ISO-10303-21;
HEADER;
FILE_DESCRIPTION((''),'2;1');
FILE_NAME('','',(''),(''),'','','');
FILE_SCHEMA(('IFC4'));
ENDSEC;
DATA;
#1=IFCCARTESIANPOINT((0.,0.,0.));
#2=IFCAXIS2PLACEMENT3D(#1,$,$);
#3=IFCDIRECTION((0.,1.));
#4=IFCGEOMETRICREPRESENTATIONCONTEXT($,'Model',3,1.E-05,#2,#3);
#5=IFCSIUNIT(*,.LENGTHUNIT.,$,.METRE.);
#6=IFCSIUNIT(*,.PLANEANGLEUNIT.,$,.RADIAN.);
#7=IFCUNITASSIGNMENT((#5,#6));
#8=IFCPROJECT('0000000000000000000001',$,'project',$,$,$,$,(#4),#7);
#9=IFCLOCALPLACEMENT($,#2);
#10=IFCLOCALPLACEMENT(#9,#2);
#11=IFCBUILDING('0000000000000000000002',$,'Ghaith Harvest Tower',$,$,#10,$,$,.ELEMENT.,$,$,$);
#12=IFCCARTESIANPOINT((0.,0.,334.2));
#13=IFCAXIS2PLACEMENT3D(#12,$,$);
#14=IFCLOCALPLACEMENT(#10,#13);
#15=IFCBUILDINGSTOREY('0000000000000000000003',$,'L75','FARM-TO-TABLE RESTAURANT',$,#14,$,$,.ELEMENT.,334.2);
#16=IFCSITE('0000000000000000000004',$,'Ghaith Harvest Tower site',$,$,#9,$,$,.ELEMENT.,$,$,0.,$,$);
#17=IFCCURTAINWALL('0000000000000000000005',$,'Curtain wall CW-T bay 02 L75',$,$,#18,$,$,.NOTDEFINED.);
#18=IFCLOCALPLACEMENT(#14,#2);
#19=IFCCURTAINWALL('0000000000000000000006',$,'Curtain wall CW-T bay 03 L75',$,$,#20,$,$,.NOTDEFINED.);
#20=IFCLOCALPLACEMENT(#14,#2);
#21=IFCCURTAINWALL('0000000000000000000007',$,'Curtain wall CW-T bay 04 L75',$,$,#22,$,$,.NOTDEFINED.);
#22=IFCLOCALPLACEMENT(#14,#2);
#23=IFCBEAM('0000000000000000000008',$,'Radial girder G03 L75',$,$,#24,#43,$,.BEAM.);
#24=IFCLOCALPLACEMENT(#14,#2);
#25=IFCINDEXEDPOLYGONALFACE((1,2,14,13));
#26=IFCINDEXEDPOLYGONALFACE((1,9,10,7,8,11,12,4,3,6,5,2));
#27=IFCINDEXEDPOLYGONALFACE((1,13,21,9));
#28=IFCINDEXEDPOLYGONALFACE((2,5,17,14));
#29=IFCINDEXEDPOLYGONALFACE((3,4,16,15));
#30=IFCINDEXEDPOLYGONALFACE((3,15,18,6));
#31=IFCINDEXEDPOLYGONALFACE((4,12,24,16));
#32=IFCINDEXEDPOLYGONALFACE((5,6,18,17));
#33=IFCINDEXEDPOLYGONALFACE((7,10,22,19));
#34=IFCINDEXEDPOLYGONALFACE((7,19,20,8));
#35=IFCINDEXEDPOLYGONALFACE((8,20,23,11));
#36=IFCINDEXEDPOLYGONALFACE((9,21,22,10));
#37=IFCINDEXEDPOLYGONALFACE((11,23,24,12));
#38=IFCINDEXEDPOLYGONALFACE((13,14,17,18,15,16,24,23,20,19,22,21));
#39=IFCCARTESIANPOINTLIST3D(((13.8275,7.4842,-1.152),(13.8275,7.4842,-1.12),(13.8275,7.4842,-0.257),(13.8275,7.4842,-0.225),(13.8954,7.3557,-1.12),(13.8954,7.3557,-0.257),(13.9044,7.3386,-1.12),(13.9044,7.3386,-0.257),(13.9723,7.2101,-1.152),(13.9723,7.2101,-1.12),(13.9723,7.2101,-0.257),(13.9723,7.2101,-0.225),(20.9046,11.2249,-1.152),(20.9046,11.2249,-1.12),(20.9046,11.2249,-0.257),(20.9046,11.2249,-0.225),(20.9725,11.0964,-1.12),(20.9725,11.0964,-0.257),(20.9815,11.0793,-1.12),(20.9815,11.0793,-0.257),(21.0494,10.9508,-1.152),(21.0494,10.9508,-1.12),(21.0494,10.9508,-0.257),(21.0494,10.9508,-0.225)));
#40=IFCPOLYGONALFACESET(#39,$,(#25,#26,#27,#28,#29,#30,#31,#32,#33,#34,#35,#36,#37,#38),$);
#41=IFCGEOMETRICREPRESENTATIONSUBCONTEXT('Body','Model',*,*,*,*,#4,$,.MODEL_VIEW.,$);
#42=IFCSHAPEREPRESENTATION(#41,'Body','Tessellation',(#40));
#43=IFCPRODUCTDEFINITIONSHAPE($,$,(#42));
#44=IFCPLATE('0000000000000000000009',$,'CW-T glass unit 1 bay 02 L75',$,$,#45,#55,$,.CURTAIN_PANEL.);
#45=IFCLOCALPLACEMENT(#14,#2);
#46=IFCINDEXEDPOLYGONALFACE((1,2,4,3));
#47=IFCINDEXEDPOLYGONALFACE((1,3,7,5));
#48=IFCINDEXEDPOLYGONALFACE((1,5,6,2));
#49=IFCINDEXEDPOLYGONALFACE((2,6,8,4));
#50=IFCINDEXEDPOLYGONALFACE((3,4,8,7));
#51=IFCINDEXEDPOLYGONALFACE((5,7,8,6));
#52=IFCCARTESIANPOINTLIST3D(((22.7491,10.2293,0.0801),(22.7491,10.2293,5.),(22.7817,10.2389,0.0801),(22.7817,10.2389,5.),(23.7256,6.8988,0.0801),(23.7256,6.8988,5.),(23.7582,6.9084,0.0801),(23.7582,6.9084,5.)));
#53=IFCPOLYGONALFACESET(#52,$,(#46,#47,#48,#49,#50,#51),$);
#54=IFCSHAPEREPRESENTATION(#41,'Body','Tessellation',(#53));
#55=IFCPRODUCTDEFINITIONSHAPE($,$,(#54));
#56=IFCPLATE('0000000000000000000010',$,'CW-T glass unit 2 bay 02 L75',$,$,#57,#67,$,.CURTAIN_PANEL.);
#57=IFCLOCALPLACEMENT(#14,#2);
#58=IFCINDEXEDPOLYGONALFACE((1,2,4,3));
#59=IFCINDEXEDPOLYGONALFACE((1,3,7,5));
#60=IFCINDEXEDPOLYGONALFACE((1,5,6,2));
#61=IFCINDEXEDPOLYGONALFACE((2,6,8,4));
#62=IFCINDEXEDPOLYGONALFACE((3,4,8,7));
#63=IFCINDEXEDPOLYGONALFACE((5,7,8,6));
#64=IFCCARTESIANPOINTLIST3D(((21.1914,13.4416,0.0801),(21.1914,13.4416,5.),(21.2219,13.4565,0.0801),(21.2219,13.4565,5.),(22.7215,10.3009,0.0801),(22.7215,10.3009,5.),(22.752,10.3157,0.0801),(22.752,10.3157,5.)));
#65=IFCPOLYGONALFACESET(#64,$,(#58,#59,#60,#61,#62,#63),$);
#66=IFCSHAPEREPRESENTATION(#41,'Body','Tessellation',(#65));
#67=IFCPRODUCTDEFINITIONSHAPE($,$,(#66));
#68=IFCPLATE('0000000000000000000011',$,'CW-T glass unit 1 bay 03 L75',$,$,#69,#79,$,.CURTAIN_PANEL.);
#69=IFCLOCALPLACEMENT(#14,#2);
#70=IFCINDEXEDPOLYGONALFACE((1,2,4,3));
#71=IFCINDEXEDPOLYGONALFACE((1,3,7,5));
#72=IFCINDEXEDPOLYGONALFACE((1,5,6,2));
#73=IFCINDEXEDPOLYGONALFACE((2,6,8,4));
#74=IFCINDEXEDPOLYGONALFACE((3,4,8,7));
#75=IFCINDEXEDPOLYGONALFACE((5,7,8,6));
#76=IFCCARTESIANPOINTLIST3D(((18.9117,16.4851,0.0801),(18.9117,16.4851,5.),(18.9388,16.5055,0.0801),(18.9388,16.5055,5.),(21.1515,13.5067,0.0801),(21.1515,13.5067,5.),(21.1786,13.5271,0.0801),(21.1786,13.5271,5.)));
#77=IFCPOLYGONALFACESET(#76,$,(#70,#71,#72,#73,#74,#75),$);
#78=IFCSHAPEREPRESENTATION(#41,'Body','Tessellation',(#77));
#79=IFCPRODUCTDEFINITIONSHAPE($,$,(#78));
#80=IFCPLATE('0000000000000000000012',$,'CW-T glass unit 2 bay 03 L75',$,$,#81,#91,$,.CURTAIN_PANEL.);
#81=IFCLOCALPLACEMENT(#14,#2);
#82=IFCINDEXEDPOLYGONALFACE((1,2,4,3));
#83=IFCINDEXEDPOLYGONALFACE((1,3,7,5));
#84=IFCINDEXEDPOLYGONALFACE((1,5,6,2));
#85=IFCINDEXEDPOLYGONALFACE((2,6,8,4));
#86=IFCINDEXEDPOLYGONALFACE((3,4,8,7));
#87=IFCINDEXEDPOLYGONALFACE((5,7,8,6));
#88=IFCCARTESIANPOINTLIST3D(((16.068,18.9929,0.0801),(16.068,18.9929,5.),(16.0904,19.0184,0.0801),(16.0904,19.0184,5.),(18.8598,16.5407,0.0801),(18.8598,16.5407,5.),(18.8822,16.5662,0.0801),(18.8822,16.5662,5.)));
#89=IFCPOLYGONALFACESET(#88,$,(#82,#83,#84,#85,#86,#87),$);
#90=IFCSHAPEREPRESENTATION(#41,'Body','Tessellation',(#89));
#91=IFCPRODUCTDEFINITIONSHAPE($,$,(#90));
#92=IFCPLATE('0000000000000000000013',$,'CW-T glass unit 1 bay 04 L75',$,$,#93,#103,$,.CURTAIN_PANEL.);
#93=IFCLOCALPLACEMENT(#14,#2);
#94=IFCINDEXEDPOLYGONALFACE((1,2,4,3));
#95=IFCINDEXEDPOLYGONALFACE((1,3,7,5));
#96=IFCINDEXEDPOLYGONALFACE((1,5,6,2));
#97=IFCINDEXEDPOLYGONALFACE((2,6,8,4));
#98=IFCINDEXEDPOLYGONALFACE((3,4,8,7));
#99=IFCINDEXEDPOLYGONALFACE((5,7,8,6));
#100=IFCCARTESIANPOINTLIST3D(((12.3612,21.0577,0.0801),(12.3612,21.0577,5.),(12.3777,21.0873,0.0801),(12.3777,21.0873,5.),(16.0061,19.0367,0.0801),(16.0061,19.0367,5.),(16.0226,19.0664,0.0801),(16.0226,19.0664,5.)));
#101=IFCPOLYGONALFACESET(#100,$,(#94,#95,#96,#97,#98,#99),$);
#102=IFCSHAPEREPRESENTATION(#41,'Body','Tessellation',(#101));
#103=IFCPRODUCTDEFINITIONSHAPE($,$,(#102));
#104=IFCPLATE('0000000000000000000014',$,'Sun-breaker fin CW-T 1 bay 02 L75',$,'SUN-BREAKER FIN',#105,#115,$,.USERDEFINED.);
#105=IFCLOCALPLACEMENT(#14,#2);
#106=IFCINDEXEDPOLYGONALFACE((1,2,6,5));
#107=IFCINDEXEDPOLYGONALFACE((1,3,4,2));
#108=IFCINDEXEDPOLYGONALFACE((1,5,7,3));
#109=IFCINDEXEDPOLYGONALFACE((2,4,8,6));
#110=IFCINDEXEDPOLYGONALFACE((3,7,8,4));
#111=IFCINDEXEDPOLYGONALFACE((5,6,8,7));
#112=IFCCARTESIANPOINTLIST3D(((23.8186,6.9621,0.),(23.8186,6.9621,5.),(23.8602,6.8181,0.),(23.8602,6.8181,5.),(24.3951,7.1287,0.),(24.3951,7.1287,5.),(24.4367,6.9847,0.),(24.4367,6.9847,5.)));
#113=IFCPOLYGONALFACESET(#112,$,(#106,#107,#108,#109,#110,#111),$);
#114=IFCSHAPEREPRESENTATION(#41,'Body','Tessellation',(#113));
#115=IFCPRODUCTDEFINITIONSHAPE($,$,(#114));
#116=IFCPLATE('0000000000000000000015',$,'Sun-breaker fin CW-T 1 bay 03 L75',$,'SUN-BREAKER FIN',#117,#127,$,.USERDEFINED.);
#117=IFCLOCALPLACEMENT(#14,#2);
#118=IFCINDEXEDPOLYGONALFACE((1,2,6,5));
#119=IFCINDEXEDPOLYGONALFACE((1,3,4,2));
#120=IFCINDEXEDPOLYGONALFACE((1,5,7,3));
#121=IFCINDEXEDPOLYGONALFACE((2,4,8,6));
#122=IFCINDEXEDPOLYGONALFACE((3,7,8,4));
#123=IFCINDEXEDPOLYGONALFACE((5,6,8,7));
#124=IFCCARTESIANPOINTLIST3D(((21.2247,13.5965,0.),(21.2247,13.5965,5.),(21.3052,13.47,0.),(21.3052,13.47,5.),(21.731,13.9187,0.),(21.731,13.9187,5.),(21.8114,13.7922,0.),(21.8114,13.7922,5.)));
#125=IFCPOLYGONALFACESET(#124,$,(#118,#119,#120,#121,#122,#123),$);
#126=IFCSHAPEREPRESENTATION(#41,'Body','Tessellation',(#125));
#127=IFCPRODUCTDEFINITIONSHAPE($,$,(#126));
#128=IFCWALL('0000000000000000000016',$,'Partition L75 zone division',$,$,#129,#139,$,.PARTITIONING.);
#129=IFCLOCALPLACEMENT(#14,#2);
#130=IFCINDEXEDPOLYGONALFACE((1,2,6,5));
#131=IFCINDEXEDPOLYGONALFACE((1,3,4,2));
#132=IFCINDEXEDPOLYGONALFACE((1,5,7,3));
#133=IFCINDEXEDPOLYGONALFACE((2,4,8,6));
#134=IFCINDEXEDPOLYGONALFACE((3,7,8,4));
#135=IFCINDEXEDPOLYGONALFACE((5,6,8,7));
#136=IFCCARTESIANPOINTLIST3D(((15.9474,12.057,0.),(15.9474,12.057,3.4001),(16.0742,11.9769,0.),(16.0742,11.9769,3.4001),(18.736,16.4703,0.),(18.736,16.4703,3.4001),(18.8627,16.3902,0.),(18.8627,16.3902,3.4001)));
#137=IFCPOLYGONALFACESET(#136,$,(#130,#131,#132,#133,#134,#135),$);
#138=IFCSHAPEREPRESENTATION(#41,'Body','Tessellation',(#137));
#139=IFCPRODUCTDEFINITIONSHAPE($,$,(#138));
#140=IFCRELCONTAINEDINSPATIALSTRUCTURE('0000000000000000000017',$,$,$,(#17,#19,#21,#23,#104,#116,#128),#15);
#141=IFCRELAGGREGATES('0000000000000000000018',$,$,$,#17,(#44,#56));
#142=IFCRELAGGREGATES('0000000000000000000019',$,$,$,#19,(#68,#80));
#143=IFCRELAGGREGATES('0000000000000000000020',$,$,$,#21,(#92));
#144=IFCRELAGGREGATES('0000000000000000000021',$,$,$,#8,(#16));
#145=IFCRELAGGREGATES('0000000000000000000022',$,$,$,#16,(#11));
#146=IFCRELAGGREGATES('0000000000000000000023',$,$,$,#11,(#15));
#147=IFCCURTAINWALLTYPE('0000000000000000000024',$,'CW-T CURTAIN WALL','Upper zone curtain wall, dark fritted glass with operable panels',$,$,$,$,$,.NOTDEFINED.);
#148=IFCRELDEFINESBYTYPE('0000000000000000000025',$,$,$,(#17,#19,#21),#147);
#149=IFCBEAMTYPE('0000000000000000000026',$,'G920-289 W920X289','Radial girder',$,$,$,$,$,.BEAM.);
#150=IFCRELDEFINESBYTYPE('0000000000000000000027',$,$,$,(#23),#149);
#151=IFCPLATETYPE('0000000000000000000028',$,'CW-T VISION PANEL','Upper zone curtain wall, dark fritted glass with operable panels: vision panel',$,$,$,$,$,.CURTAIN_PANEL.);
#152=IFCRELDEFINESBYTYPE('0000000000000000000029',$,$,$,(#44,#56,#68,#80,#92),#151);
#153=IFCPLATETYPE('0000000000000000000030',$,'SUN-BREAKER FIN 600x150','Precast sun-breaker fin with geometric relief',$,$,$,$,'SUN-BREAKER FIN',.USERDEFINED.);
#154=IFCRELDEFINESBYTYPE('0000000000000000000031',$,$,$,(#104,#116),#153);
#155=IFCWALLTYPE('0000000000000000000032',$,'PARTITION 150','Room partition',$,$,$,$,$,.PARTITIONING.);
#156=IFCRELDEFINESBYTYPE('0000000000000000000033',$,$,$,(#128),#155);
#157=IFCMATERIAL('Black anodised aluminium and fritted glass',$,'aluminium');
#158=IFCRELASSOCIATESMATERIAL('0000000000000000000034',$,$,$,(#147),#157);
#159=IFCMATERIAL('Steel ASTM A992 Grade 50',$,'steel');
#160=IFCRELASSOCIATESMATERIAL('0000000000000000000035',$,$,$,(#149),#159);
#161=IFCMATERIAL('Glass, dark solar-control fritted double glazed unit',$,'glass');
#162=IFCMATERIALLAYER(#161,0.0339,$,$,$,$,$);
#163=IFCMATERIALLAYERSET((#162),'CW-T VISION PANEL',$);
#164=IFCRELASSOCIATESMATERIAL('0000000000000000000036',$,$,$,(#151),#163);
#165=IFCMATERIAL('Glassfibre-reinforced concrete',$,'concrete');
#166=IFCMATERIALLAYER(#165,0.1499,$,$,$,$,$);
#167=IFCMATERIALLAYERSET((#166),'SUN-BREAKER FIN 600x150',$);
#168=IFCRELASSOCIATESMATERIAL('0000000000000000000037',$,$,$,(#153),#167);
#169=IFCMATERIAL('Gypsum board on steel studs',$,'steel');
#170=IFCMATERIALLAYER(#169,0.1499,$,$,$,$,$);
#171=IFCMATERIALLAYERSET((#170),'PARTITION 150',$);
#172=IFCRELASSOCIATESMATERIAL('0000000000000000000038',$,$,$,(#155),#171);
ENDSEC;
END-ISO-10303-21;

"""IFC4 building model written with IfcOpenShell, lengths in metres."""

from ifc_helpers import new_model, si_unit, direction, frame, frame_2d, origin, origin_2d, place, context, subcontext, project, spatial, rectangle, i_section, extrude, material, layer, layer_set, material_profile, profile_set, type_object, element, aggregate, save


model = new_model("IFC4")

# Units and contexts
model_context = context("Model", 3, precision=1e-05, world=origin(), true_north=direction((0.0, 1.0)))
body_context = subcontext(model_context, "Body", "Model", "MODEL_VIEW")
ifc_project = project(units=[si_unit("LENGTHUNIT", "METRE"), si_unit("PLANEANGLEUNIT", "RADIAN")], contexts=[model_context])

# Site, building, storey
site_placement = place(None, origin())
site = spatial("IfcSite", under=ifc_project, at=site_placement, Name="Ghaith Harvest Tower site", CompositionType="ELEMENT", RefElevation=0.0)
building_placement = place(site_placement, origin())
building = spatial("IfcBuilding", under=site, at=building_placement, Name="Ghaith Harvest Tower", CompositionType="ELEMENT")
storey_placement = place(building_placement, frame((0.0, 0.0, 334.2)))
storey = spatial("IfcBuildingStorey", under=building, at=storey_placement, Name="L75", Description="FARM-TO-TABLE RESTAURANT", CompositionType="ELEMENT", Elevation=334.2)

# Curtain wall
ifc_material_1 = material(Name="Black anodised aluminium and fritted glass", Category="aluminium")
curtain_wall_type = type_object("IfcCurtainWallType", Name="CW-T CURTAIN WALL", Description="Upper zone curtain wall, dark fritted glass with operable panels", PredefinedType="NOTDEFINED", material=ifc_material_1)
curtain_wall_1_placement = place(storey_placement, origin())
curtain_wall_1 = element("IfcCurtainWall", 1, at=curtain_wall_1_placement, inside=storey, type_object=curtain_wall_type, Name="Curtain wall CW-T bay 02 L75", PredefinedType="NOTDEFINED")

# Curtain wall
curtain_wall_2_placement = place(storey_placement, origin())
curtain_wall_2 = element("IfcCurtainWall", 2, at=curtain_wall_2_placement, inside=storey, type_object=curtain_wall_type, Name="Curtain wall CW-T bay 03 L75", PredefinedType="NOTDEFINED")

# Curtain wall
curtain_wall_3_placement = place(storey_placement, origin())
curtain_wall_3 = element("IfcCurtainWall", 3, at=curtain_wall_3_placement, inside=storey, type_object=curtain_wall_type, Name="Curtain wall CW-T bay 04 L75", PredefinedType="NOTDEFINED")

# Beam
ifc_material_2 = material(Name="Steel ASTM A992 Grade 50", Category="steel")
ifc_material_profile_1 = material_profile(ifc_material_2, i_section(OverallWidth=0.3101, OverallDepth=0.927, WebThickness=0.0193, FlangeThickness=0.032, at=origin_2d()), Name="W920X289")
ifc_profile_set_1 = profile_set([ifc_material_profile_1], Name="Steel ASTM A992 Grade 50")
beam_type_1 = type_object("IfcBeamType", Name="G920-289 W920X289", Description="Radial girder", PredefinedType="BEAM", material=ifc_profile_set_1)
beam_1_placement = place(storey_placement, frame((13.8999, 7.3472, -0.6885), z_axis=(0.884098, 0.467302, 0.0), x_axis=(-0.467302, 0.884098, 0.0)))
element("IfcBeam", 4, at=beam_1_placement, inside=storey, type_object=beam_type_1, Name="Radial girder G03 L75", PredefinedType="BEAM", context=body_context, shape_type="SweptSolid", body=[
    extrude(i_section(OverallWidth=0.3101, OverallDepth=0.927, WebThickness=0.0193, FlangeThickness=0.032, at=origin_2d()), origin(), (0.0, 0.0, 1.0), 8.0049),
])

# Plates
ifc_material_3 = material(Name="Glass, dark solar-control fritted double glazed unit", Category="glass")
ifc_layer_1 = layer(ifc_material_3, 0.0339)
ifc_layer_set_1 = layer_set([ifc_layer_1], Name="CW-T VISION PANEL")
plate_type_1 = type_object("IfcPlateType", Name="CW-T VISION PANEL", Description="Upper zone curtain wall, dark fritted glass with operable panels: vision panel", PredefinedType="CURTAIN_PANEL", material=ifc_layer_set_1)
plate_1_placement = place(storey_placement, frame((23.2537, 8.5688, 0.0801), z_axis=(0.0, 0.0, 1.0), x_axis=(-0.281345, 0.959607, 0.0)))
plate_1 = element("IfcPlate", 5, at=plate_1_placement, type_object=plate_type_1, Name="CW-T glass unit 1 bay 02 L75", PredefinedType="CURTAIN_PANEL", context=body_context, shape_type="SweptSolid", body=[
    extrude(rectangle(XDim=3.4707, YDim=0.0339, at=origin_2d()), origin(), (0.0, 0.0, 1.0), 4.9199),
])
plate_2_placement = place(storey_placement, frame((21.9717, 11.8787, 0.0801), z_axis=(0.0, 0.0, 1.0), x_axis=(-0.437968, 0.89899, 0.0)))
plate_2 = element("IfcPlate", 6, at=plate_2_placement, type_object=plate_type_1, Name="CW-T glass unit 2 bay 02 L75", PredefinedType="CURTAIN_PANEL", context=body_context, shape_type="SweptSolid", body=[
    extrude(rectangle(XDim=3.4937, YDim=0.0339, at=origin_2d()), origin(), (0.0, 0.0, 1.0), 4.9199),
])
aggregate(curtain_wall_1, [plate_1, plate_2])
plate_3_placement = place(storey_placement, frame((20.0452, 15.0061, 0.0801), z_axis=(0.0, 0.0, 1.0), x_axis=(-0.601048, 0.799213, 0.0)))
plate_3 = element("IfcPlate", 7, at=plate_3_placement, type_object=plate_type_1, Name="CW-T glass unit 1 bay 03 L75", PredefinedType="CURTAIN_PANEL", context=body_context, shape_type="SweptSolid", body=[
    extrude(rectangle(XDim=3.7266, YDim=0.0339, at=origin_2d()), origin(), (0.0, 0.0, 1.0), 4.9199),
])
plate_4_placement = place(storey_placement, frame((17.4751, 17.7795, 0.0801), z_axis=(0.0, 0.0, 1.0), x_axis=(-0.751335, 0.659922, 0.0)))
plate_4 = element("IfcPlate", 8, at=plate_4_placement, type_object=plate_type_1, Name="CW-T glass unit 2 bay 03 L75", PredefinedType="CURTAIN_PANEL", context=body_context, shape_type="SweptSolid", body=[
    extrude(rectangle(XDim=3.7158, YDim=0.0339, at=origin_2d()), origin(), (0.0, 0.0, 1.0), 4.9199),
])
aggregate(curtain_wall_2, [plate_3, plate_4])
plate_5_placement = place(storey_placement, frame((14.1919, 20.062, 0.0801), z_axis=(0.0, 0.0, 1.0), x_axis=(-0.874564, 0.48491, 0.0)))
plate_5 = element("IfcPlate", 9, at=plate_5_placement, type_object=plate_type_1, Name="CW-T glass unit 1 bay 04 L75", PredefinedType="CURTAIN_PANEL", context=body_context, shape_type="SweptSolid", body=[
    extrude(rectangle(XDim=4.1677, YDim=0.0339, at=origin_2d()), origin(), (0.0, 0.0, 1.0), 4.9199),
])
aggregate(curtain_wall_3, [plate_5])

# Plates
ifc_material_4 = material(Name="Glassfibre-reinforced concrete", Category="concrete")
ifc_layer_2 = layer(ifc_material_4, 0.1499)
ifc_layer_set_2 = layer_set([ifc_layer_2], Name="SUN-BREAKER FIN 600x150")
plate_type_2 = type_object("IfcPlateType", Name="SUN-BREAKER FIN 600x150", Description="Precast sun-breaker fin with geometric relief", ElementType="SUN-BREAKER FIN", PredefinedType="USERDEFINED", material=ifc_layer_set_2)
for number, where, z_axis, x_axis, name in (
    (10, (24.1277, 6.9734, 0.0), (0.0, 0.0, 1.0), (0.96068, 0.277657, 0.0), "Sun-breaker fin CW-T 1 bay 02 L75"),
    (11, (21.5181, 13.6943, 0.0), (0.0, 0.0, 1.0), (0.843644, 0.536903, 0.0), "Sun-breaker fin CW-T 1 bay 03 L75"),
):
    element("IfcPlate", number, at=place(storey_placement, frame(where, z_axis=z_axis, x_axis=x_axis)), inside=storey, type_object=plate_type_2, Name=name, ObjectType="SUN-BREAKER FIN", PredefinedType="USERDEFINED", context=body_context, shape_type="SweptSolid", body=[
        extrude(rectangle(XDim=0.6001, YDim=0.1499, at=origin_2d()), origin(), (0.0, 0.0, 1.0), 5.0),
    ])

# Wall
ifc_material_5 = material(Name="Gypsum board on steel studs", Category="steel")
ifc_layer_3 = layer(ifc_material_5, 0.1499)
ifc_layer_set_3 = layer_set([ifc_layer_3], Name="PARTITION 150")
wall_type_1 = type_object("IfcWallType", Name="PARTITION 150", Description="Room partition", PredefinedType="PARTITIONING", material=ifc_layer_set_3)
wall_1_placement = place(storey_placement, frame((16.0107, 12.0168, 0.0), z_axis=(0.0, 0.0, 1.0), x_axis=(0.534158, 0.845384, 0.0)))
element("IfcWall", 12, at=wall_1_placement, inside=storey, type_object=wall_type_1, Name="Partition L75 zone division", PredefinedType="PARTITIONING", context=body_context, shape_type="SweptSolid", body=[
    extrude(rectangle(XDim=5.2205, YDim=0.1499, at=frame_2d((2.6104, 0.0))), origin(), (0.0, 0.0, 1.0), 3.4001),
])

save(model, "model.ifc")
